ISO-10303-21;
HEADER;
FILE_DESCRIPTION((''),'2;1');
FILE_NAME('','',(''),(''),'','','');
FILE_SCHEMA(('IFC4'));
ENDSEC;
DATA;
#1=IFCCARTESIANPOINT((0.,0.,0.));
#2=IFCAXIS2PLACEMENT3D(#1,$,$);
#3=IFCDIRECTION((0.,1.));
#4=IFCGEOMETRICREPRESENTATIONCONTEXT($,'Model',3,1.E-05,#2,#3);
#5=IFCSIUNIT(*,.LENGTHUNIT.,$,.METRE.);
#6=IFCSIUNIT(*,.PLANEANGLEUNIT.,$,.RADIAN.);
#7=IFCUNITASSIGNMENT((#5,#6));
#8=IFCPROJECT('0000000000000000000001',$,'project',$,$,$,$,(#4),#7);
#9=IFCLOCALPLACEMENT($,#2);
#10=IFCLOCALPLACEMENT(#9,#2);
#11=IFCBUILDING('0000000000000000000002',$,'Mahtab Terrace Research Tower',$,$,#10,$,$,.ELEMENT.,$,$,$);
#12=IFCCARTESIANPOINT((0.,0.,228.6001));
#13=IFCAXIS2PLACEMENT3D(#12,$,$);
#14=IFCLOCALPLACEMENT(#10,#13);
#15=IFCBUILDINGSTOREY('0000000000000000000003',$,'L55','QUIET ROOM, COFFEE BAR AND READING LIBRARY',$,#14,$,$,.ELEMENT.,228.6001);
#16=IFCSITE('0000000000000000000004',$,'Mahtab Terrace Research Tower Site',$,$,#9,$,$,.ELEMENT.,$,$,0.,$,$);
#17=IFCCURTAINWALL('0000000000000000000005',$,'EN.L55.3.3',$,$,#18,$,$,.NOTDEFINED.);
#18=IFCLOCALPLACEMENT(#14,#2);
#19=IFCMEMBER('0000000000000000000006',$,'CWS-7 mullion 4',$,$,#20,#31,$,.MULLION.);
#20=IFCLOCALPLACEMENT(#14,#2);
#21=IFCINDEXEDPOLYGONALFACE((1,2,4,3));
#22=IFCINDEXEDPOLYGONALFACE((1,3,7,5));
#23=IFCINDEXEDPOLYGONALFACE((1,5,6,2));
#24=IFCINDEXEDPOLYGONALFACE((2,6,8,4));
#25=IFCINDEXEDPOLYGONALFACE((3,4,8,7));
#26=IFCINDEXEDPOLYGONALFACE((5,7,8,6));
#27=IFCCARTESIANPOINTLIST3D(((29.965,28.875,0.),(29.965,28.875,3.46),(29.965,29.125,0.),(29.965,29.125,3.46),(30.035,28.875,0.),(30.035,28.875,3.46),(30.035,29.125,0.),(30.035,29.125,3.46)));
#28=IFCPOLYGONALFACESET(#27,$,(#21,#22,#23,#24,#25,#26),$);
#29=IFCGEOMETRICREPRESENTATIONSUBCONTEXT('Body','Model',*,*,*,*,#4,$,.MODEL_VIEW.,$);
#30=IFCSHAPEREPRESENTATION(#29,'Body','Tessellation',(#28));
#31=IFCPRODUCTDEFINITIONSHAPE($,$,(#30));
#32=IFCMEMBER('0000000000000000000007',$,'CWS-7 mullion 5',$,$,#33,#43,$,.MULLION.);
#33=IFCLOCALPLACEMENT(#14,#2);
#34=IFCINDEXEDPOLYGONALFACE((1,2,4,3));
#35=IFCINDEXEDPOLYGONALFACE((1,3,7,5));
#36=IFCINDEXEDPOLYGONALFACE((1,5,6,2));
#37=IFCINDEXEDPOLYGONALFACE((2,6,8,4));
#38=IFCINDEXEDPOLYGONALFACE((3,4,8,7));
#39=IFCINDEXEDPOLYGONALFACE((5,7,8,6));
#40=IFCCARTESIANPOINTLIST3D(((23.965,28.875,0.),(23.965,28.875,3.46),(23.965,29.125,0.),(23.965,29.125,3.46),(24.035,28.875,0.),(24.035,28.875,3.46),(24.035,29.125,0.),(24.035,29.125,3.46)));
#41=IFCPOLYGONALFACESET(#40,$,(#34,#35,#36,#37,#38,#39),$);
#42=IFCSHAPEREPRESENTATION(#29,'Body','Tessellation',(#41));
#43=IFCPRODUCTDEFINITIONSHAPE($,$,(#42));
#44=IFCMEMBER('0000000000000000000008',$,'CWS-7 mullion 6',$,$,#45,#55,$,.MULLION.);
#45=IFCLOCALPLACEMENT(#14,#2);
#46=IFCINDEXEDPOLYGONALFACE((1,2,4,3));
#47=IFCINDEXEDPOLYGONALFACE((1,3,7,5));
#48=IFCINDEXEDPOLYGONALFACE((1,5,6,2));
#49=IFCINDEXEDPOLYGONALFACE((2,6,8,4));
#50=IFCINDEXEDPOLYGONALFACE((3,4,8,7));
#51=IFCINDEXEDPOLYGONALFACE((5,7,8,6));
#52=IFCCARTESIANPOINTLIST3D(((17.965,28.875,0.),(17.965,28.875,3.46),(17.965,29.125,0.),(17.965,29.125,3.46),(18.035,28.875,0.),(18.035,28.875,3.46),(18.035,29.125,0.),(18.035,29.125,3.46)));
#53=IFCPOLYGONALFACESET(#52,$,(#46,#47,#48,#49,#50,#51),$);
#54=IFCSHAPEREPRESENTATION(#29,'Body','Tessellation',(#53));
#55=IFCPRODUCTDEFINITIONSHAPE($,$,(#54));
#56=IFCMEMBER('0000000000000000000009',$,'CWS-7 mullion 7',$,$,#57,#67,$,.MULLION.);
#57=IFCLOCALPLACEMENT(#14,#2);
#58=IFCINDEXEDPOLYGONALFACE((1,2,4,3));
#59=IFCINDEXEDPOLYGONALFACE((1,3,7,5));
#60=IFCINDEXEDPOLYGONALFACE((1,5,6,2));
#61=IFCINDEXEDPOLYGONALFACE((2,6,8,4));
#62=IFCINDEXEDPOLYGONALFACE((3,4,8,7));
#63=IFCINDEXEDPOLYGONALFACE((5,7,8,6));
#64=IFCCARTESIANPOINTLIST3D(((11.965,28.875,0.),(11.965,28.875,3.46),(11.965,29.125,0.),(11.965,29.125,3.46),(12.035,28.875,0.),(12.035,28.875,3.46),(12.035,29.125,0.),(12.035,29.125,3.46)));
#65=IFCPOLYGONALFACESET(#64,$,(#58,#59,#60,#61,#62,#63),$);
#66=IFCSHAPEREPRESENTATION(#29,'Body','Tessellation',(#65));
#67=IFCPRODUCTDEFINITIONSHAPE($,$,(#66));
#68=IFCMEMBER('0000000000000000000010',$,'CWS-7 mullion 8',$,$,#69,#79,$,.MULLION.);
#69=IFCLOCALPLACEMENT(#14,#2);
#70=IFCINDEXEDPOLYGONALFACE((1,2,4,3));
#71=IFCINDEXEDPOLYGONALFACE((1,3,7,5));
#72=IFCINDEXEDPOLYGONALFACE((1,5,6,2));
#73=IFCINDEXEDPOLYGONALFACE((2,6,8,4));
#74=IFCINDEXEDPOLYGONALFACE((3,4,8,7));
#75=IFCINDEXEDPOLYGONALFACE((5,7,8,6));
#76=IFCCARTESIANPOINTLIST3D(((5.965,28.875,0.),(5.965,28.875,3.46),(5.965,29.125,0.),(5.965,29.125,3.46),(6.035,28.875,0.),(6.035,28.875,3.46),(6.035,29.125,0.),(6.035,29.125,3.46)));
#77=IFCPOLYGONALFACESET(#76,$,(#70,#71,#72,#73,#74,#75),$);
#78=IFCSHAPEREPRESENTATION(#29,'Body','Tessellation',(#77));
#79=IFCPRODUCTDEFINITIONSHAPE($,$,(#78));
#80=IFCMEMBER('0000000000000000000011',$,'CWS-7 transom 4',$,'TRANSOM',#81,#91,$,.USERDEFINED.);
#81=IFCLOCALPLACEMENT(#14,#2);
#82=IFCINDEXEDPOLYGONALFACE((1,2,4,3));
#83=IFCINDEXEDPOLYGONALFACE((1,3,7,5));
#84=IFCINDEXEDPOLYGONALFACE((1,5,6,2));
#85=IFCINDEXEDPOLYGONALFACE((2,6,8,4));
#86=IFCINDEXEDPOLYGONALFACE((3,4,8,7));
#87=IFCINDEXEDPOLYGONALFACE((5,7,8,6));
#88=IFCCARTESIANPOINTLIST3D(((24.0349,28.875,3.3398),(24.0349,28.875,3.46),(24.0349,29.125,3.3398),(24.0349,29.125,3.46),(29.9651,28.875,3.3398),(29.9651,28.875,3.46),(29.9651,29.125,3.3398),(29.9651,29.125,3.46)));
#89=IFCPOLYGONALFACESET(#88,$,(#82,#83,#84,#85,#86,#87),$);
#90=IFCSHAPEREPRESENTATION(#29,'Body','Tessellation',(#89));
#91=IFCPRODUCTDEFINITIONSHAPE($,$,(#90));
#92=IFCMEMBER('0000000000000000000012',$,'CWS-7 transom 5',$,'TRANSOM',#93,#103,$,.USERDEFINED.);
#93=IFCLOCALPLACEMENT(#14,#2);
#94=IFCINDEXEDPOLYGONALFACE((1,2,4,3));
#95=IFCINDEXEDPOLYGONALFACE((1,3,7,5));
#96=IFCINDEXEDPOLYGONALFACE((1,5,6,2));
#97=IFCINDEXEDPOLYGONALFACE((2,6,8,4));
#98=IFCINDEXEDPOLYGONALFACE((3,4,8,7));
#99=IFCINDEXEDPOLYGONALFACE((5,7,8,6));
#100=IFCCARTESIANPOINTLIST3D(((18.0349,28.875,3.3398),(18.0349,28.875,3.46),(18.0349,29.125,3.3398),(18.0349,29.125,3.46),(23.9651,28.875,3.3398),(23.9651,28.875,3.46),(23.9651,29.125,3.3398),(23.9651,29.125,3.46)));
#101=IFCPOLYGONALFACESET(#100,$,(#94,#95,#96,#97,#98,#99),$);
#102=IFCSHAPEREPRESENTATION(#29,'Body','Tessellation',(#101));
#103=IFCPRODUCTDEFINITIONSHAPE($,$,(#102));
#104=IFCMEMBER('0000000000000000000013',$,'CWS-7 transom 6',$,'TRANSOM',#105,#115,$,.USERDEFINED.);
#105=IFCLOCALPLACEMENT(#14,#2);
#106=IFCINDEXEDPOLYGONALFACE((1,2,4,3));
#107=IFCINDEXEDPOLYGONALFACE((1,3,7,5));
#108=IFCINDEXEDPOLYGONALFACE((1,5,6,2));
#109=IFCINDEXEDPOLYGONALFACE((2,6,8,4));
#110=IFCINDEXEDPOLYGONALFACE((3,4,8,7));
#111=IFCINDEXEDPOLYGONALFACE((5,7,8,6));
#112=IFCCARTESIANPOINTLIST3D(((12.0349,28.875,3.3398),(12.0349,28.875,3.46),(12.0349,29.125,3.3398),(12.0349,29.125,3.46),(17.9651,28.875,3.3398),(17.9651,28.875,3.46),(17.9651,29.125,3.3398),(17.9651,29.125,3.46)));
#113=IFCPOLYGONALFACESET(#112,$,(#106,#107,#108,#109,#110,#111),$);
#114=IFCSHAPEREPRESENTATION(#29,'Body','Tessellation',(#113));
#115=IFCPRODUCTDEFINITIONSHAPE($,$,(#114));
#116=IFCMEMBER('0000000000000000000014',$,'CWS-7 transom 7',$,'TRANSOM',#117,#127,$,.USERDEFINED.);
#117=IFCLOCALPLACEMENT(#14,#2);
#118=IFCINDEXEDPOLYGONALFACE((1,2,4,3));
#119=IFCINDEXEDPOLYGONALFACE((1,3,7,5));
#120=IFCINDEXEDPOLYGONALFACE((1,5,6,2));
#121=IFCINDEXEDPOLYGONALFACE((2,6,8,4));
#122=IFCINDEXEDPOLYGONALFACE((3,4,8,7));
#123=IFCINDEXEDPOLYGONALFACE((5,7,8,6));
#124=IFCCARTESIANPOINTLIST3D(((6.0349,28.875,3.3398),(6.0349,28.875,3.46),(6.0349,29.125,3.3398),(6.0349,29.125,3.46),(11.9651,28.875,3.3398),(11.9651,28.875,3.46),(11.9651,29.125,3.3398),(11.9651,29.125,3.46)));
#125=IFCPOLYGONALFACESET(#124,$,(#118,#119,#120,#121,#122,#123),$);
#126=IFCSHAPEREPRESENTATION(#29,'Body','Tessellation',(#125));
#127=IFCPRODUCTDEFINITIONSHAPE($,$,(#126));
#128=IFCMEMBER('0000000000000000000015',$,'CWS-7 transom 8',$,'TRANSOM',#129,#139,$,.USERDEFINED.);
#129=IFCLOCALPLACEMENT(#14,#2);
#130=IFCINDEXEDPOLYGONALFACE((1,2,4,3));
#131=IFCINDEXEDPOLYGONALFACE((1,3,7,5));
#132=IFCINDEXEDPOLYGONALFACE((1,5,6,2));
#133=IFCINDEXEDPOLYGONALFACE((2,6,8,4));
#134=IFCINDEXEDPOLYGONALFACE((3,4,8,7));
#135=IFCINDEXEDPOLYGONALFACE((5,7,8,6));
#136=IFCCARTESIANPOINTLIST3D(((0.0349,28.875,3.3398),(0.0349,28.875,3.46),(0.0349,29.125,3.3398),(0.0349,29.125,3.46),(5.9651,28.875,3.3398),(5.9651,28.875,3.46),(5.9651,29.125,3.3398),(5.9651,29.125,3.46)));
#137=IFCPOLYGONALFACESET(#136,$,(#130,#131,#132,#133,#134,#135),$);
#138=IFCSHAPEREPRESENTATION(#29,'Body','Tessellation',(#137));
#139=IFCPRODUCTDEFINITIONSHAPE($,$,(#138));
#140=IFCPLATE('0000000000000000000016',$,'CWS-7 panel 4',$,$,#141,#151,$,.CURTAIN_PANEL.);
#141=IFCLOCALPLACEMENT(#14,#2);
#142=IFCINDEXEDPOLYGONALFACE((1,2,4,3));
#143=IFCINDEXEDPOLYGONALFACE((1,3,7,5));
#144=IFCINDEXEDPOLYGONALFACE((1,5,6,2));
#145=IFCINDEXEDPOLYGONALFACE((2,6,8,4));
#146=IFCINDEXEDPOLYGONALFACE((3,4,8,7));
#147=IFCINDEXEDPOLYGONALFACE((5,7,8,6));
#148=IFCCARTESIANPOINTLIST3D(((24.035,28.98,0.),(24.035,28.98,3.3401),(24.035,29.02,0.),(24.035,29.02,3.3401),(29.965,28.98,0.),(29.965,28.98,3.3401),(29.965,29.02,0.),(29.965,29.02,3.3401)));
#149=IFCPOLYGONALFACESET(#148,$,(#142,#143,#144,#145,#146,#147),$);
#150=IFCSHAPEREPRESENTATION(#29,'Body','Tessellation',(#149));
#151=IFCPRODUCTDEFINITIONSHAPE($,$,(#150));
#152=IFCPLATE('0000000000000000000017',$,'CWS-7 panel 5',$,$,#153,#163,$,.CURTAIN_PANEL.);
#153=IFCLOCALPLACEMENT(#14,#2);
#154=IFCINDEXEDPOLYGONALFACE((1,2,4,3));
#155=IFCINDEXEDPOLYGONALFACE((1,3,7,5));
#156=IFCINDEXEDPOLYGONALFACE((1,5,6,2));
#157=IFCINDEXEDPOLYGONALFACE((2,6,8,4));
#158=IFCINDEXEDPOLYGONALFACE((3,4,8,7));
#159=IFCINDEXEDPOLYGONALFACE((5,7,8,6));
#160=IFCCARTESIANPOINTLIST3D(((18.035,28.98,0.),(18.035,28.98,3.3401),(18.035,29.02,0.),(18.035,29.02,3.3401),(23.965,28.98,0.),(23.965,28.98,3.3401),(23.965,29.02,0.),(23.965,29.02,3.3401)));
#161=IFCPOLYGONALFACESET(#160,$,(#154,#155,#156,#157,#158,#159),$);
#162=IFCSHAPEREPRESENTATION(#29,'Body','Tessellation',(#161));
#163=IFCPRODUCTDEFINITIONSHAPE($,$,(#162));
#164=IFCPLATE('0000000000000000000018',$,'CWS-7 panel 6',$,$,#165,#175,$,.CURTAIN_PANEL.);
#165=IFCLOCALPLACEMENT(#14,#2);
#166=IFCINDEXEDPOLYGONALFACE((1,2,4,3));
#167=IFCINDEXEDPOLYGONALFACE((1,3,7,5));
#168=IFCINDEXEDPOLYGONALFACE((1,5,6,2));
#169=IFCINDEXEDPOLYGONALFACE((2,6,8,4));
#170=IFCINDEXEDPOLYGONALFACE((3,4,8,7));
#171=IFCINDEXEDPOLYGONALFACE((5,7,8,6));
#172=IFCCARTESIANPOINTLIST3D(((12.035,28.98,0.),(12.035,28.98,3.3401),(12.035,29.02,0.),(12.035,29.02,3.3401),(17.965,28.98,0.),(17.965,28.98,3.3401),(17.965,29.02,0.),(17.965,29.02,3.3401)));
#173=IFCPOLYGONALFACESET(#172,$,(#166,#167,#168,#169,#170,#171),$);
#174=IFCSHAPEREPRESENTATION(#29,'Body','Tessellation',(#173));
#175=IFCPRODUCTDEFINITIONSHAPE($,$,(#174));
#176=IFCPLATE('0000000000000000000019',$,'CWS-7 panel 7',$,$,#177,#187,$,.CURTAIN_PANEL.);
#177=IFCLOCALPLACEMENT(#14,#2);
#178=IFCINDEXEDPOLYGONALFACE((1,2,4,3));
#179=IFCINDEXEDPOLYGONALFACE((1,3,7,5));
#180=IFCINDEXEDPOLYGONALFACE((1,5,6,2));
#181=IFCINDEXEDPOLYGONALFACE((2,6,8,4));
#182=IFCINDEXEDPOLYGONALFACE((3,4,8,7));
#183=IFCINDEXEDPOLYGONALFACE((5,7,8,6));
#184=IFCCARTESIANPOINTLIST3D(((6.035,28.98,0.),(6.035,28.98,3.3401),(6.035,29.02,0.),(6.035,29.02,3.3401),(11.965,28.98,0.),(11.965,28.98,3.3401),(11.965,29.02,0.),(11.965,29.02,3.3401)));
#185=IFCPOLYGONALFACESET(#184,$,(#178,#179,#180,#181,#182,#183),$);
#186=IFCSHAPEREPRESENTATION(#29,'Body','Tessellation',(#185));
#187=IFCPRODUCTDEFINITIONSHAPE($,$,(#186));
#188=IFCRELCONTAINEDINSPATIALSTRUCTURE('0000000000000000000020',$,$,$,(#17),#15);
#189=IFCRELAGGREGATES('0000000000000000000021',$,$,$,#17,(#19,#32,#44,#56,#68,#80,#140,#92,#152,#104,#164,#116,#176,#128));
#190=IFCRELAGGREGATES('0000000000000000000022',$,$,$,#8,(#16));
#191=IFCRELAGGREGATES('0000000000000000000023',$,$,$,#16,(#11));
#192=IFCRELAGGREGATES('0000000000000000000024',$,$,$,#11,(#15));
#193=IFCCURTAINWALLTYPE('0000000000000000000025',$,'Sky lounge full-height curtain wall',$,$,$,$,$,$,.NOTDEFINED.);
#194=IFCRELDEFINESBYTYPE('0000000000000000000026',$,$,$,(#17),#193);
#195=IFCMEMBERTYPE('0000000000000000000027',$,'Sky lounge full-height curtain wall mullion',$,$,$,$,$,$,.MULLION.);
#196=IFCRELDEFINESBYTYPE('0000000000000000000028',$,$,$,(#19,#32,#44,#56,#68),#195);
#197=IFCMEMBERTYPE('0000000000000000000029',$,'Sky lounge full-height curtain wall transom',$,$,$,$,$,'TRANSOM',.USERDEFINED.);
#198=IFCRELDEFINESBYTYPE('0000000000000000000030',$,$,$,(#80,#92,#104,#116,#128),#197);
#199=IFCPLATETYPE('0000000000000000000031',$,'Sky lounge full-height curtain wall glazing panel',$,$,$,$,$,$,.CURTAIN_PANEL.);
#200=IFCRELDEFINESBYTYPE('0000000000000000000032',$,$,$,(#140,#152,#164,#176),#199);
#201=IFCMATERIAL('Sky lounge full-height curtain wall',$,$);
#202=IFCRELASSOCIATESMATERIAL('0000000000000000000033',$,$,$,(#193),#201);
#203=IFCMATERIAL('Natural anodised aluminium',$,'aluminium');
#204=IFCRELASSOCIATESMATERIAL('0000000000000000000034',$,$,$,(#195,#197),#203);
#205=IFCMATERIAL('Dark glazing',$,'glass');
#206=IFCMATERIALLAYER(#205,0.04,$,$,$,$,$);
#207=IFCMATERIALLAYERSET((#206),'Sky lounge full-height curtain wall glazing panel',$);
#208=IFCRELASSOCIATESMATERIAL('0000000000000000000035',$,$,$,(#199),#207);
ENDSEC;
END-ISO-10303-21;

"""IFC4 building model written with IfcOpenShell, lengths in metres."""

from ifc_helpers import new_model, si_unit, direction, frame, origin, origin_2d, place, context, subcontext, project, spatial, rectangle, extrude, material, layer, layer_set, material_profile, profile_set, type_object, element, aggregate, save


model = new_model("IFC4")

# Units and contexts
model_context = context("Model", 3, precision=1e-05, world=origin(), true_north=direction((0.0, 1.0)))
body_context = subcontext(model_context, "Body", "Model", "MODEL_VIEW")
ifc_project = project(units=[si_unit("LENGTHUNIT", "METRE"), si_unit("PLANEANGLEUNIT", "RADIAN")], contexts=[model_context])

# Site, building, storey
site_placement = place(None, origin())
site = spatial("IfcSite", under=ifc_project, at=site_placement, Name="Mahtab Terrace Research Tower Site", CompositionType="ELEMENT", RefElevation=0.0)
building_placement = place(site_placement, origin())
building = spatial("IfcBuilding", under=site, at=building_placement, Name="Mahtab Terrace Research Tower", CompositionType="ELEMENT")
storey_placement = place(building_placement, frame((0.0, 0.0, 228.6001)))
storey = spatial("IfcBuildingStorey", under=building, at=storey_placement, Name="L55", Description="QUIET ROOM, COFFEE BAR AND READING LIBRARY", CompositionType="ELEMENT", Elevation=228.6001)

# Curtain wall, members, plates
ifc_material_1 = material(Name="Sky lounge full-height curtain wall")
curtain_wall_type = type_object("IfcCurtainWallType", Name="Sky lounge full-height curtain wall", PredefinedType="NOTDEFINED", material=ifc_material_1)
curtain_wall_placement = place(storey_placement, origin())
curtain_wall = element("IfcCurtainWall", 1, at=curtain_wall_placement, inside=storey, type_object=curtain_wall_type, Name="EN.L55.3.3", PredefinedType="NOTDEFINED")
ifc_material_2 = material(Name="Natural anodised aluminium", Category="aluminium")
ifc_material_profile_1 = material_profile(ifc_material_2, rectangle(XDim=0.25, YDim=0.0701, at=origin_2d()), Name="MULLION 70x250")
ifc_profile_set_1 = profile_set([ifc_material_profile_1], Name="Natural anodised aluminium")
member_type_1 = type_object("IfcMemberType", Name="Sky lounge full-height curtain wall mullion", PredefinedType="MULLION", material=ifc_profile_set_1)
member_1_placement = place(storey_placement, frame((30.0, 29.0, 0.0), z_axis=(0.0, 0.0, 1.0), x_axis=(0.0, -1.0, 0.0)))
member_1 = element("IfcMember", 2, at=member_1_placement, type_object=member_type_1, Name="CWS-7 mullion 4", PredefinedType="MULLION", context=body_context, shape_type="SweptSolid", body=[
    extrude(rectangle(XDim=0.25, YDim=0.0701, at=origin_2d()), origin(), (0.0, 0.0, 1.0), 3.46),
])
member_2_placement = place(storey_placement, frame((24.0, 29.0, 0.0), z_axis=(0.0, 0.0, 1.0), x_axis=(0.0, -1.0, 0.0)))
member_2 = element("IfcMember", 3, at=member_2_placement, type_object=member_type_1, Name="CWS-7 mullion 5", PredefinedType="MULLION", context=body_context, shape_type="SweptSolid", body=[
    extrude(rectangle(XDim=0.25, YDim=0.0701, at=origin_2d()), origin(), (0.0, 0.0, 1.0), 3.46),
])
member_3_placement = place(storey_placement, frame((18.0, 29.0, 0.0), z_axis=(0.0, 0.0, 1.0), x_axis=(0.0, -1.0, 0.0)))
member_3 = element("IfcMember", 4, at=member_3_placement, type_object=member_type_1, Name="CWS-7 mullion 6", PredefinedType="MULLION", context=body_context, shape_type="SweptSolid", body=[
    extrude(rectangle(XDim=0.25, YDim=0.0701, at=origin_2d()), origin(), (0.0, 0.0, 1.0), 3.46),
])
member_4_placement = place(storey_placement, frame((12.0, 29.0, 0.0), z_axis=(0.0, 0.0, 1.0), x_axis=(0.0, -1.0, 0.0)))
member_4 = element("IfcMember", 5, at=member_4_placement, type_object=member_type_1, Name="CWS-7 mullion 7", PredefinedType="MULLION", context=body_context, shape_type="SweptSolid", body=[
    extrude(rectangle(XDim=0.25, YDim=0.0701, at=origin_2d()), origin(), (0.0, 0.0, 1.0), 3.46),
])
member_5_placement = place(storey_placement, frame((6.0, 29.0, 0.0), z_axis=(0.0, 0.0, 1.0), x_axis=(0.0, -1.0, 0.0)))
member_5 = element("IfcMember", 6, at=member_5_placement, type_object=member_type_1, Name="CWS-7 mullion 8", PredefinedType="MULLION", context=body_context, shape_type="SweptSolid", body=[
    extrude(rectangle(XDim=0.25, YDim=0.0701, at=origin_2d()), origin(), (0.0, 0.0, 1.0), 3.46),
])
ifc_material_profile_2 = material_profile(ifc_material_2, rectangle(XDim=0.25, YDim=0.1201, at=origin_2d()), Name="TRANSOM 120x250")
ifc_profile_set_2 = profile_set([ifc_material_profile_2], Name="Natural anodised aluminium")
member_type_2 = type_object("IfcMemberType", Name="Sky lounge full-height curtain wall transom", ElementType="TRANSOM", PredefinedType="USERDEFINED", material=ifc_profile_set_2)
member_6_placement = place(storey_placement, frame((29.9651, 29.0, 3.3999), z_axis=(-1.0, 0.0, 0.0), x_axis=(0.0, -1.0, 0.0)))
member_6 = element("IfcMember", 7, at=member_6_placement, type_object=member_type_2, Name="CWS-7 transom 4", ObjectType="TRANSOM", PredefinedType="USERDEFINED", context=body_context, shape_type="SweptSolid", body=[
    extrude(rectangle(XDim=0.25, YDim=0.1201, at=origin_2d()), origin(), (0.0, 0.0, 1.0), 5.9302),
])
member_7_placement = place(storey_placement, frame((23.9651, 29.0, 3.3999), z_axis=(-1.0, 0.0, 0.0), x_axis=(0.0, -1.0, 0.0)))
member_7 = element("IfcMember", 8, at=member_7_placement, type_object=member_type_2, Name="CWS-7 transom 5", ObjectType="TRANSOM", PredefinedType="USERDEFINED", context=body_context, shape_type="SweptSolid", body=[
    extrude(rectangle(XDim=0.25, YDim=0.1201, at=origin_2d()), origin(), (0.0, 0.0, 1.0), 5.9302),
])
member_8_placement = place(storey_placement, frame((17.9651, 29.0, 3.3999), z_axis=(-1.0, 0.0, 0.0), x_axis=(0.0, -1.0, 0.0)))
member_8 = element("IfcMember", 9, at=member_8_placement, type_object=member_type_2, Name="CWS-7 transom 6", ObjectType="TRANSOM", PredefinedType="USERDEFINED", context=body_context, shape_type="SweptSolid", body=[
    extrude(rectangle(XDim=0.25, YDim=0.1201, at=origin_2d()), origin(), (0.0, 0.0, 1.0), 5.9302),
])
member_9_placement = place(storey_placement, frame((11.9651, 29.0, 3.3999), z_axis=(-1.0, 0.0, 0.0), x_axis=(0.0, -1.0, 0.0)))
member_9 = element("IfcMember", 10, at=member_9_placement, type_object=member_type_2, Name="CWS-7 transom 7", ObjectType="TRANSOM", PredefinedType="USERDEFINED", context=body_context, shape_type="SweptSolid", body=[
    extrude(rectangle(XDim=0.25, YDim=0.1201, at=origin_2d()), origin(), (0.0, 0.0, 1.0), 5.9302),
])
member_10_placement = place(storey_placement, frame((5.9651, 29.0, 3.3999), z_axis=(-1.0, 0.0, 0.0), x_axis=(0.0, -1.0, 0.0)))
member_10 = element("IfcMember", 11, at=member_10_placement, type_object=member_type_2, Name="CWS-7 transom 8", ObjectType="TRANSOM", PredefinedType="USERDEFINED", context=body_context, shape_type="SweptSolid", body=[
    extrude(rectangle(XDim=0.25, YDim=0.1201, at=origin_2d()), origin(), (0.0, 0.0, 1.0), 5.9302),
])
ifc_material_3 = material(Name="Dark glazing", Category="glass")
ifc_layer_1 = layer(ifc_material_3, 0.04)
ifc_layer_set_1 = layer_set([ifc_layer_1], Name="Sky lounge full-height curtain wall glazing panel")
plate_type = type_object("IfcPlateType", Name="Sky lounge full-height curtain wall glazing panel", PredefinedType="CURTAIN_PANEL", material=ifc_layer_set_1)
plate_1_placement = place(storey_placement, frame((27.0, 29.0, 0.0), z_axis=(0.0, 0.0, 1.0), x_axis=(-1.0, 0.0, 0.0)))
plate_1 = element("IfcPlate", 12, at=plate_1_placement, type_object=plate_type, Name="CWS-7 panel 4", PredefinedType="CURTAIN_PANEL", context=body_context, shape_type="SweptSolid", body=[
    extrude(rectangle(XDim=5.9299, YDim=0.04, at=origin_2d()), origin(), (0.0, 0.0, 1.0), 3.3401),
])
plate_2_placement = place(storey_placement, frame((21.0, 29.0, 0.0), z_axis=(0.0, 0.0, 1.0), x_axis=(-1.0, 0.0, 0.0)))
plate_2 = element("IfcPlate", 13, at=plate_2_placement, type_object=plate_type, Name="CWS-7 panel 5", PredefinedType="CURTAIN_PANEL", context=body_context, shape_type="SweptSolid", body=[
    extrude(rectangle(XDim=5.9299, YDim=0.04, at=origin_2d()), origin(), (0.0, 0.0, 1.0), 3.3401),
])
plate_3_placement = place(storey_placement, frame((15.0, 29.0, 0.0), z_axis=(0.0, 0.0, 1.0), x_axis=(-1.0, 0.0, 0.0)))
plate_3 = element("IfcPlate", 14, at=plate_3_placement, type_object=plate_type, Name="CWS-7 panel 6", PredefinedType="CURTAIN_PANEL", context=body_context, shape_type="SweptSolid", body=[
    extrude(rectangle(XDim=5.9299, YDim=0.04, at=origin_2d()), origin(), (0.0, 0.0, 1.0), 3.3401),
])
plate_4_placement = place(storey_placement, frame((9.0, 29.0, 0.0), z_axis=(0.0, 0.0, 1.0), x_axis=(-1.0, 0.0, 0.0)))
plate_4 = element("IfcPlate", 15, at=plate_4_placement, type_object=plate_type, Name="CWS-7 panel 7", PredefinedType="CURTAIN_PANEL", context=body_context, shape_type="SweptSolid", body=[
    extrude(rectangle(XDim=5.9299, YDim=0.04, at=origin_2d()), origin(), (0.0, 0.0, 1.0), 3.3401),
])
aggregate(curtain_wall, [member_1, member_2, member_3, member_4, member_5, member_6, plate_1, member_7, plate_2, member_8, plate_3, member_9, plate_4, member_10])

save(model, "model.ifc")
